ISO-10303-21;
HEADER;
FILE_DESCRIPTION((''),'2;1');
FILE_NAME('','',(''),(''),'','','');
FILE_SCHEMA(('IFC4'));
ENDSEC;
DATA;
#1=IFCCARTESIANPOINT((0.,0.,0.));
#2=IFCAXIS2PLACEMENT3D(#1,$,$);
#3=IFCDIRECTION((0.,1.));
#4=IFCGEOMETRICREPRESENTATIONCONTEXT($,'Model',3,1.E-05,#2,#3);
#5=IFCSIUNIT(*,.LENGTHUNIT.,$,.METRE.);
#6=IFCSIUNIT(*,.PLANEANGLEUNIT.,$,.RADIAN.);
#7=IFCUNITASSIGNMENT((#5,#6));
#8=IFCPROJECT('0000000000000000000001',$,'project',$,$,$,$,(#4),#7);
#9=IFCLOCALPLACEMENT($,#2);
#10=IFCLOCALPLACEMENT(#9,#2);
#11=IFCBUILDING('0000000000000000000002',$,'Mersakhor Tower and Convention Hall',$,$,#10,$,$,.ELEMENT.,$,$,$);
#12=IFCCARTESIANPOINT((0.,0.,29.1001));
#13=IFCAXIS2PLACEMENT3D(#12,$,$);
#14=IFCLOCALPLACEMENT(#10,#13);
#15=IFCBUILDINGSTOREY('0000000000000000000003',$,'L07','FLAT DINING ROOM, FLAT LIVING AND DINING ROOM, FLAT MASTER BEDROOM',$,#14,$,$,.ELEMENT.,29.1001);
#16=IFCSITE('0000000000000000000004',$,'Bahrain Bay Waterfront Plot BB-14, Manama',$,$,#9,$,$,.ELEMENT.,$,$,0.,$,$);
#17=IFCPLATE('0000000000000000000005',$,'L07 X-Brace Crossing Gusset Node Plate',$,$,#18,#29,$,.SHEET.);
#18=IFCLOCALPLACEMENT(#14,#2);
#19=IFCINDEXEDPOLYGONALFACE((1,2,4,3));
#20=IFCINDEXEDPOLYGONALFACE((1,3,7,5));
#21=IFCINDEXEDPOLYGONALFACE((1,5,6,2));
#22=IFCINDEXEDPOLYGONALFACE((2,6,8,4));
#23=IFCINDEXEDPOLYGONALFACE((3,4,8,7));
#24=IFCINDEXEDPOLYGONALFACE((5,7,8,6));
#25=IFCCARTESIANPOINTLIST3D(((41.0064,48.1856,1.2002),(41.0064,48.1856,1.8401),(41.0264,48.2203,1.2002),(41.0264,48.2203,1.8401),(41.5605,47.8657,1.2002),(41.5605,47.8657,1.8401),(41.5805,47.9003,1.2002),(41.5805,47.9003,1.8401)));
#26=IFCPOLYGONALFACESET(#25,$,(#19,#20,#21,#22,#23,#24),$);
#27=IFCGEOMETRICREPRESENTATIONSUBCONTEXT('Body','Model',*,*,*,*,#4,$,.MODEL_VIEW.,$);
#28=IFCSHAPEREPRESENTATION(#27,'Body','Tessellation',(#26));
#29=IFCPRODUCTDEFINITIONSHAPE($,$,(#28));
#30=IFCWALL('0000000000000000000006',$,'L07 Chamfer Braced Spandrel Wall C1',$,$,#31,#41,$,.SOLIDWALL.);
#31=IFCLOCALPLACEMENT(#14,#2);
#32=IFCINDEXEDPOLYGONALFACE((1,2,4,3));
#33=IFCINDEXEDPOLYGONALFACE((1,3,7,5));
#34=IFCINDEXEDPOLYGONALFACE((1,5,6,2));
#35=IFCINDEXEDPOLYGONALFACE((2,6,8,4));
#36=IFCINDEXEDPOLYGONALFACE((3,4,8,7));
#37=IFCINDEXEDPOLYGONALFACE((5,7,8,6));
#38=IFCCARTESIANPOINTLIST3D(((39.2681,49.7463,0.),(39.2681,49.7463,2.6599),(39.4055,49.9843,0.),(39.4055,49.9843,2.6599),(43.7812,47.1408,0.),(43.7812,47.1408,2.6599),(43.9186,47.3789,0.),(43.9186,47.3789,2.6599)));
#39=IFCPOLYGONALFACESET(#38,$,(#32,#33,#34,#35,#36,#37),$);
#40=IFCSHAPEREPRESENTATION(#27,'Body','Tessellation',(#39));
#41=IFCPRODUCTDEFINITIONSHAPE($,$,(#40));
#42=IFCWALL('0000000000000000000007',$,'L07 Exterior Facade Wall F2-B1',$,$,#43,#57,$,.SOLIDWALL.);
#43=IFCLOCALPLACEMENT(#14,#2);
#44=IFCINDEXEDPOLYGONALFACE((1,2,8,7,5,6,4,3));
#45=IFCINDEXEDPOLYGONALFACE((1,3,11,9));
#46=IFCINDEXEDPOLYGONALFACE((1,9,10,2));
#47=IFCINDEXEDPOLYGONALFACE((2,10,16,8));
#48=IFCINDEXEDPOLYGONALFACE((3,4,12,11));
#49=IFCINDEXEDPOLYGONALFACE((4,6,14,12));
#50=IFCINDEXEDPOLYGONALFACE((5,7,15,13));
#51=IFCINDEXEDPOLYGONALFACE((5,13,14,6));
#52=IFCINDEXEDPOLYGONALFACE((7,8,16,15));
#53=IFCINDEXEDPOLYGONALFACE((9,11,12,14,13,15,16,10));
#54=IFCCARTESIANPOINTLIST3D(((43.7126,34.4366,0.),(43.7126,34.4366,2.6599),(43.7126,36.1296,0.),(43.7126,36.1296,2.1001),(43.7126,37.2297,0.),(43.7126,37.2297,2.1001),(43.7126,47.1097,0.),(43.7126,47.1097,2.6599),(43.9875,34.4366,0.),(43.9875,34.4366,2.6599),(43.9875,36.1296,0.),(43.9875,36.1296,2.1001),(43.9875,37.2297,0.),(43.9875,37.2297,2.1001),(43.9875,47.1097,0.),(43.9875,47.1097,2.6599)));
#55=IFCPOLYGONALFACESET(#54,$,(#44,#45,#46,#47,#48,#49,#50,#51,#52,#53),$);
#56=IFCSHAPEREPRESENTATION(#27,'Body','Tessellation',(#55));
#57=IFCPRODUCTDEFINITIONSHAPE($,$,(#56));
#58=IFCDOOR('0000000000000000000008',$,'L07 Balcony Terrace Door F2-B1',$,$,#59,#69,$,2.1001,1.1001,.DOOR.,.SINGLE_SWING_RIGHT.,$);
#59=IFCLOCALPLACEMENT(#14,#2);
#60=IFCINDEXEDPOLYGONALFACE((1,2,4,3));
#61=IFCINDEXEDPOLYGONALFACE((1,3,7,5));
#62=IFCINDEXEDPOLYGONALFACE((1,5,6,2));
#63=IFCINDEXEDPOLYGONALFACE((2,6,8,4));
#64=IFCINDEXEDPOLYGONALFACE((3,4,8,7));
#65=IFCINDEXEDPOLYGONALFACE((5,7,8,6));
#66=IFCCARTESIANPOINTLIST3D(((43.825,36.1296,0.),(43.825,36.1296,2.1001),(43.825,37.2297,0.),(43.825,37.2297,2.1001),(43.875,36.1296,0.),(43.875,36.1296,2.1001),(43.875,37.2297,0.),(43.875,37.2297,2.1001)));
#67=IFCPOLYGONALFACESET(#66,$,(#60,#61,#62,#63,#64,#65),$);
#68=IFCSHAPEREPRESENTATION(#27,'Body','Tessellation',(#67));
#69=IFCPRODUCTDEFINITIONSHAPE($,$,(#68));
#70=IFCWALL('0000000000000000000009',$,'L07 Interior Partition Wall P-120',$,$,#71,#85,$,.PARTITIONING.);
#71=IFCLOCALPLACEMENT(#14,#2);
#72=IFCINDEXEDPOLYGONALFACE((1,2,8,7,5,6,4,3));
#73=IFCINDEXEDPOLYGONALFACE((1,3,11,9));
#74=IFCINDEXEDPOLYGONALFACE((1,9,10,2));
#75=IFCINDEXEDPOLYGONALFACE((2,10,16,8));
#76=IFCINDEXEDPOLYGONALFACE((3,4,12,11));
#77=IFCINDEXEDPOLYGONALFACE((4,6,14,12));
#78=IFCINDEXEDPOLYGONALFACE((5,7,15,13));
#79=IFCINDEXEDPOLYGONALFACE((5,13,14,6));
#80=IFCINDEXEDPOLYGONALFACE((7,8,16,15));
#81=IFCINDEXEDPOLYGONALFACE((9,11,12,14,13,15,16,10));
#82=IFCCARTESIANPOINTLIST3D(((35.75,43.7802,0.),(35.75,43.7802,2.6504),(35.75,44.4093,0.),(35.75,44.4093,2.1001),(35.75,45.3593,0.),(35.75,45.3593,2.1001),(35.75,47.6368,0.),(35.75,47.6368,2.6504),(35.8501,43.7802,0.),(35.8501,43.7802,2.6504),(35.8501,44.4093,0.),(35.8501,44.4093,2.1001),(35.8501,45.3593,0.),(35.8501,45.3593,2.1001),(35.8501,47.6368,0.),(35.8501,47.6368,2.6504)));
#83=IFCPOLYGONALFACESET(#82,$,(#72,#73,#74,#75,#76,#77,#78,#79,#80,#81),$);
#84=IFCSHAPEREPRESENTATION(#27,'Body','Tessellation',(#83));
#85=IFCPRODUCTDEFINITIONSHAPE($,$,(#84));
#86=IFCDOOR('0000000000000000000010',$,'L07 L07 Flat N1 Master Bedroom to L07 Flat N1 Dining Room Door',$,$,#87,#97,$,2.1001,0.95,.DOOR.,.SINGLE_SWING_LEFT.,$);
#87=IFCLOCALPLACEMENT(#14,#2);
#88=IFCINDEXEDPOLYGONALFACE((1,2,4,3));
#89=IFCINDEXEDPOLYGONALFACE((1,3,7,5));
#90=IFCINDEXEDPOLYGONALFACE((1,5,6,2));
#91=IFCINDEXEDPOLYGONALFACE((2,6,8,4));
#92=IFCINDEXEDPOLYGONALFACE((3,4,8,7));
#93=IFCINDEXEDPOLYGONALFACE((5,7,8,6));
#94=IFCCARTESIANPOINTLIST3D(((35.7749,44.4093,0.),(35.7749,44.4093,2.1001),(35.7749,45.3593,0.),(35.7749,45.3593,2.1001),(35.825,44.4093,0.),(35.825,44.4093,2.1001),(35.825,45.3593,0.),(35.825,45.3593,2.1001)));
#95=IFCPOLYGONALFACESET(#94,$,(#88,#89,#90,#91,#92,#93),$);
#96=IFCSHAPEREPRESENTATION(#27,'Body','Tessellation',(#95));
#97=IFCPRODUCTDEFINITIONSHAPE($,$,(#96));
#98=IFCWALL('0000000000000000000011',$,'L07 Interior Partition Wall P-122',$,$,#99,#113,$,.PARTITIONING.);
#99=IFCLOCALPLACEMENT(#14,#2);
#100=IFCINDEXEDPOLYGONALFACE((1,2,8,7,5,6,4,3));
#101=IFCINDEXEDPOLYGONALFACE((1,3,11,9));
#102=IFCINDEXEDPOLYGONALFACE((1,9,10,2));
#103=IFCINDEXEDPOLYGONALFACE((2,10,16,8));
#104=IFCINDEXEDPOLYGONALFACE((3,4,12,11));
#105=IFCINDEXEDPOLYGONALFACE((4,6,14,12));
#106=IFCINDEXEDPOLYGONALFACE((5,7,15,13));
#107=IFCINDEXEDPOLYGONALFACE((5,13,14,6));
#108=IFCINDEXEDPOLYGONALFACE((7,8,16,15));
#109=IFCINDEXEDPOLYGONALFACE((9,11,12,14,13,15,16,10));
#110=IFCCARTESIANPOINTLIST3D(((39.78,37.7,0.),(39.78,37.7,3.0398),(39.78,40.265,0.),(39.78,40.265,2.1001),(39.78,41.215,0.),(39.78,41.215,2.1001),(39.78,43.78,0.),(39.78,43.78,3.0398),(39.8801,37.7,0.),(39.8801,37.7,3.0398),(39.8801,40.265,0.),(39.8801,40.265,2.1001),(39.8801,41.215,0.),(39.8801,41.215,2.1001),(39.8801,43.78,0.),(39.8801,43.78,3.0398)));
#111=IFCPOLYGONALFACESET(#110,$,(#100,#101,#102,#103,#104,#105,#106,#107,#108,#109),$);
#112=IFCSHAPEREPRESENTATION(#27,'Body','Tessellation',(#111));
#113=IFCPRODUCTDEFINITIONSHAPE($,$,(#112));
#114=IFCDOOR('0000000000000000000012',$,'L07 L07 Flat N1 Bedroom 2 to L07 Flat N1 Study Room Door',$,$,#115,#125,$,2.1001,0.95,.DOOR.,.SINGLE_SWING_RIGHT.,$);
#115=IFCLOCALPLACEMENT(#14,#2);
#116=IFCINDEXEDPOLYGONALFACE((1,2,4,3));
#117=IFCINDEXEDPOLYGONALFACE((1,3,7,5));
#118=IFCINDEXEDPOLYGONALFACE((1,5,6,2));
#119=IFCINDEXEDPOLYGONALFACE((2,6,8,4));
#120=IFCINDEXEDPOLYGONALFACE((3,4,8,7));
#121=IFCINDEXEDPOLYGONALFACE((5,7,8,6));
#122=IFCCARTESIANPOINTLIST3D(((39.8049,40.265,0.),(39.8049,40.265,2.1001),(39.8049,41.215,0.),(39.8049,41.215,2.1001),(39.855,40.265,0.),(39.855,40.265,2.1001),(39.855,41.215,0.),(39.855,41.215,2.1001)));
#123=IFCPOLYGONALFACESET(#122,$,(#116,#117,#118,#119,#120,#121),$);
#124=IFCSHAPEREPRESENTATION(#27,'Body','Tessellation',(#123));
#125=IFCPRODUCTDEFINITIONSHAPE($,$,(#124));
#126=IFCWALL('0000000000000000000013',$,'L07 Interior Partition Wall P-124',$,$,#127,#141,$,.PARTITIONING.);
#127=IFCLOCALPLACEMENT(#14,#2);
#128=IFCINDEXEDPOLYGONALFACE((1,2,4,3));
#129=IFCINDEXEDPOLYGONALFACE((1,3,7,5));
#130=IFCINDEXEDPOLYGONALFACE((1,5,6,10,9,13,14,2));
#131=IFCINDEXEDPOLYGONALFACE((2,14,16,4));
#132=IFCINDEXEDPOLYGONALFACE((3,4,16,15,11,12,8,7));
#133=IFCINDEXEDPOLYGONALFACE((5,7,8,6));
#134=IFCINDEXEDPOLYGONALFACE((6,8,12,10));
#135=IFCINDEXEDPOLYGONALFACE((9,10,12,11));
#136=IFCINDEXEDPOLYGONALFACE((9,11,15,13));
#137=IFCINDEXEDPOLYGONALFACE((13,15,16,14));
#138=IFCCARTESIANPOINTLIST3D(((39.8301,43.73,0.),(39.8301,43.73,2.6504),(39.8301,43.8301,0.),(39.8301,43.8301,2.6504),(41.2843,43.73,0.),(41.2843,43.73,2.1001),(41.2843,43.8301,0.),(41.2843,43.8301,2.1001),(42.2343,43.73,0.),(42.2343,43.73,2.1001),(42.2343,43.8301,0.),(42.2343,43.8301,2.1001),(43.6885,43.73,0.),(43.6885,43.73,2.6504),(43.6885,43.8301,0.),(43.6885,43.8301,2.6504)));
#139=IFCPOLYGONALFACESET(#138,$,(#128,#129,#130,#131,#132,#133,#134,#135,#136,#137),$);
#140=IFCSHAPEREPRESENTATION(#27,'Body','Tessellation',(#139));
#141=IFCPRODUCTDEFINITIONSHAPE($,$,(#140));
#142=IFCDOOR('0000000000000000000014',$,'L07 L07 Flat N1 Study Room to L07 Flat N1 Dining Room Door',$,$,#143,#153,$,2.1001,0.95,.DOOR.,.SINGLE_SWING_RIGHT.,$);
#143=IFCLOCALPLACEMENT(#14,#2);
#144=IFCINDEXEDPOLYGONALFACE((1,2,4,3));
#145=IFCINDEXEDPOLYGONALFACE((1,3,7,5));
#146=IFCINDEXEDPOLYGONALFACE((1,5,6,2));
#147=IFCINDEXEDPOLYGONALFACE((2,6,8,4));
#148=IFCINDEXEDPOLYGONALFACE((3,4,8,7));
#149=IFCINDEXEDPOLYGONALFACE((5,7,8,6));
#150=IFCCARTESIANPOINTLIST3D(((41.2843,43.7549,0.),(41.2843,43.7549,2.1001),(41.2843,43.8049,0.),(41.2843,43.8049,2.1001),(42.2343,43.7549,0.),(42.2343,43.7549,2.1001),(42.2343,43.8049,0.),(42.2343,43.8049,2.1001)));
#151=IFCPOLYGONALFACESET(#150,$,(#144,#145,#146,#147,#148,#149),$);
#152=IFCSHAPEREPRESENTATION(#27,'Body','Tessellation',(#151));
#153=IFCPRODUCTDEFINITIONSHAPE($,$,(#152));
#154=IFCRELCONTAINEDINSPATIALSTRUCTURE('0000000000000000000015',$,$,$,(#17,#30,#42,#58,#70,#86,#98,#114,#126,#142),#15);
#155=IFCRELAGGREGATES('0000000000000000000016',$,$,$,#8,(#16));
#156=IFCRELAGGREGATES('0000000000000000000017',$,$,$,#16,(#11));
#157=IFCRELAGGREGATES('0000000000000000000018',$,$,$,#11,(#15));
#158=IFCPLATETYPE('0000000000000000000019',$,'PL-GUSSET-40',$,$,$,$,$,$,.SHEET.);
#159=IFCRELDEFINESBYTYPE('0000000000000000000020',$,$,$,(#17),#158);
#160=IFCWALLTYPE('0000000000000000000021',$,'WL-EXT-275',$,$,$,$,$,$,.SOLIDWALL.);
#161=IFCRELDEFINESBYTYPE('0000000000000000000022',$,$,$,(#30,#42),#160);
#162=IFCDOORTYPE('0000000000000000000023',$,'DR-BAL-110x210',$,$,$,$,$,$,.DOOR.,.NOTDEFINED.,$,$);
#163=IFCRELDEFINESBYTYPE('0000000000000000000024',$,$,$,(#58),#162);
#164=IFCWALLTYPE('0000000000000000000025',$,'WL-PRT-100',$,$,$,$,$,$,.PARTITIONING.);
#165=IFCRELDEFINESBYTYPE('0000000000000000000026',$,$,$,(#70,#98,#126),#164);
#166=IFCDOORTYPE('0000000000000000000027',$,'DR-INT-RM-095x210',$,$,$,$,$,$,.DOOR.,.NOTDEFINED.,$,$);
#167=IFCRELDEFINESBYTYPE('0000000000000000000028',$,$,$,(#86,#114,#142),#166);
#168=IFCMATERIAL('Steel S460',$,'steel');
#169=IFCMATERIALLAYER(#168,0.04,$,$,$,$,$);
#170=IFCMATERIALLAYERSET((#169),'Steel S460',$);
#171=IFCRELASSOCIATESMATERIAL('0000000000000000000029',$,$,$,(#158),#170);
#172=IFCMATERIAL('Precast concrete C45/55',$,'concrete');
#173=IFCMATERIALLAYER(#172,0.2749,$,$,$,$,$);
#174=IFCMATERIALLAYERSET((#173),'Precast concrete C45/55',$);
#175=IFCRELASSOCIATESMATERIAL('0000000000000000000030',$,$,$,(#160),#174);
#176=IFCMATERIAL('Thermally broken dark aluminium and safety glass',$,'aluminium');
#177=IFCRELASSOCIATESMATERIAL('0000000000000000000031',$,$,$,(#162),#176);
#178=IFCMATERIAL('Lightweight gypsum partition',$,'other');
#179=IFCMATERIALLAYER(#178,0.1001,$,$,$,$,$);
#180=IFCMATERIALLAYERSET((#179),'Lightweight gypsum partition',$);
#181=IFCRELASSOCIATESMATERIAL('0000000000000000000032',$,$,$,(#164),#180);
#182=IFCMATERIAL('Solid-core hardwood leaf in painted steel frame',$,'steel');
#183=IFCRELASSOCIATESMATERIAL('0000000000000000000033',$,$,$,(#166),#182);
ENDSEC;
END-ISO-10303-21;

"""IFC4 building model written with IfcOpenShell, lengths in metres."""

from ifc_helpers import new_model, si_unit, direction, frame, frame_2d, origin, origin_2d, place, context, subcontext, project, spatial, rectangle, extrude, material, layer, layer_set, type_object, element, fill, save


model = new_model("IFC4")

# Units and contexts
model_context = context("Model", 3, precision=1e-05, world=origin(), true_north=direction((0.0, 1.0)))
body_context = subcontext(model_context, "Body", "Model", "MODEL_VIEW")
ifc_project = project(units=[si_unit("LENGTHUNIT", "METRE"), si_unit("PLANEANGLEUNIT", "RADIAN")], contexts=[model_context])

# Site, building, storey
site_placement = place(None, origin())
site = spatial("IfcSite", under=ifc_project, at=site_placement, Name="Bahrain Bay Waterfront Plot BB-14, Manama", CompositionType="ELEMENT", RefElevation=0.0)
building_placement = place(site_placement, origin())
building = spatial("IfcBuilding", under=site, at=building_placement, Name="Mersakhor Tower and Convention Hall", CompositionType="ELEMENT")
storey_placement = place(building_placement, frame((0.0, 0.0, 29.1001)))
storey = spatial("IfcBuildingStorey", under=building, at=storey_placement, Name="L07", Description="FLAT DINING ROOM, FLAT LIVING AND DINING ROOM, FLAT MASTER BEDROOM", CompositionType="ELEMENT", Elevation=29.1001)

# Plate
ifc_material_1 = material(Name="Steel S460", Category="steel")
ifc_layer_1 = layer(ifc_material_1, 0.04)
ifc_layer_set_1 = layer_set([ifc_layer_1], Name="Steel S460")
plate_type_1 = type_object("IfcPlateType", Name="PL-GUSSET-40", PredefinedType="SHEET", material=ifc_layer_set_1)
plate_placement = place(storey_placement, frame((41.2935, 48.043, 1.2002), z_axis=(0.0, 0.0, 1.0), x_axis=(-0.866025, 0.5, 0.0)))
element("IfcPlate", 1, at=plate_placement, inside=storey, type_object=plate_type_1, Name="L07 X-Brace Crossing Gusset Node Plate", PredefinedType="SHEET", context=body_context, shape_type="SweptSolid", body=[
    extrude(rectangle(XDim=0.6399, YDim=0.04, at=origin_2d()), origin(), (0.0, 0.0, 1.0), 0.6399),
])

# Wall
ifc_material_2 = material(Name="Precast concrete C45/55", Category="concrete")
ifc_layer_2 = layer(ifc_material_2, 0.2749)
ifc_layer_set_2 = layer_set([ifc_layer_2], Name="Precast concrete C45/55")
wall_type_1 = type_object("IfcWallType", Name="WL-EXT-275", PredefinedType="SOLIDWALL", material=ifc_layer_set_2)
wall_1_placement = place(storey_placement, frame((39.3369, 49.8652, 0.0), z_axis=(0.0, 0.0, 1.0), x_axis=(0.866044, -0.499968, 0.0)))
element("IfcWall", 2, at=wall_1_placement, inside=storey, type_object=wall_type_1, Name="L07 Chamfer Braced Spandrel Wall C1", PredefinedType="SOLIDWALL", context=body_context, shape_type="SweptSolid", body=[
    extrude(rectangle(XDim=5.2112, YDim=0.2749, at=frame_2d((2.6055, 0.0))), origin(), (0.0, 0.0, 1.0), 2.6599),
])

# Walls, openings, doors
wall_2_placement = place(storey_placement, frame((43.8501, 47.1096, 0.0), z_axis=(0.0, 0.0, 1.0), x_axis=(0.0, -1.0, 0.0)))
wall_2 = element("IfcWall", 3, at=wall_2_placement, inside=storey, type_object=wall_type_1, Name="L07 Exterior Facade Wall F2-B1", PredefinedType="SOLIDWALL", context=body_context, shape_type="SweptSolid", body=[
    extrude(rectangle(XDim=12.6731, YDim=0.2749, at=frame_2d((6.3364, 0.0))), origin(), (0.0, 0.0, 1.0), 2.6599),
])
opening_1_placement = place(wall_2_placement, frame((9.8799, 0.0, 0.0)))
opening_1 = element("IfcOpeningElement", 4, at=opening_1_placement, cuts=wall_2, PredefinedType="OPENING", context=body_context, shape_type="SweptSolid", body=[
    extrude(rectangle(XDim=1.1001, YDim=2.1001, at=frame_2d((0.55, 1.05))), frame((0.0, 0.1475, 0.0), z_axis=(0.0, -1.0, 0.0), x_axis=(1.0, 0.0, 0.0)), (0.0, 0.0, 1.0), 0.2949),
])
ifc_material_3 = material(Name="Thermally broken dark aluminium and safety glass", Category="aluminium")
door_type_1 = type_object("IfcDoorType", Name="DR-BAL-110x210", OperationType="NOTDEFINED", PredefinedType="DOOR", material=ifc_material_3)
door_1_placement = place(opening_1_placement, origin())
door_1 = element("IfcDoor", 5, at=door_1_placement, inside=storey, type_object=door_type_1, Name="L07 Balcony Terrace Door F2-B1", OperationType="SINGLE_SWING_RIGHT", OverallHeight=2.1001, OverallWidth=1.1001, PredefinedType="DOOR", context=body_context, shape_type="SweptSolid", body=[
    extrude(rectangle(XDim=1.1001, YDim=2.1001, at=frame_2d((0.55, 1.05))), frame((0.0, 0.0249, 0.0), z_axis=(0.0, -1.0, 0.0), x_axis=(1.0, 0.0, 0.0)), (0.0, 0.0, 1.0), 0.05),
])
fill(opening_1, door_1)
ifc_material_4 = material(Name="Lightweight gypsum partition", Category="other")
ifc_layer_3 = layer(ifc_material_4, 0.1001)
ifc_layer_set_3 = layer_set([ifc_layer_3], Name="Lightweight gypsum partition")
wall_type_2 = type_object("IfcWallType", Name="WL-PRT-100", PredefinedType="PARTITIONING", material=ifc_layer_set_3)
wall_3_placement = place(storey_placement, frame((35.8, 47.6367, 0.0), z_axis=(0.0, 0.0, 1.0), x_axis=(0.0, -1.0, 0.0)))
wall_3 = element("IfcWall", 6, at=wall_3_placement, inside=storey, type_object=wall_type_2, Name="L07 Interior Partition Wall P-120", PredefinedType="PARTITIONING", context=body_context, shape_type="SweptSolid", body=[
    extrude(rectangle(XDim=3.8567, YDim=0.1001, at=frame_2d((1.9282, 0.0))), origin(), (0.0, 0.0, 1.0), 2.6504),
])
opening_2_placement = place(wall_3_placement, frame((2.2773, 0.0, 0.0)))
opening_2 = element("IfcOpeningElement", 7, at=opening_2_placement, cuts=wall_3, PredefinedType="OPENING", context=body_context, shape_type="SweptSolid", body=[
    extrude(rectangle(XDim=0.95, YDim=2.1001, at=frame_2d((0.4751, 1.05))), frame((0.0, 0.0601, 0.0), z_axis=(0.0, -1.0, 0.0), x_axis=(1.0, 0.0, 0.0)), (0.0, 0.0, 1.0), 0.1201),
])
ifc_material_5 = material(Name="Solid-core hardwood leaf in painted steel frame", Category="steel")
door_type_2 = type_object("IfcDoorType", Name="DR-INT-RM-095x210", OperationType="NOTDEFINED", PredefinedType="DOOR", material=ifc_material_5)
door_2_placement = place(opening_2_placement, origin())
door_2 = element("IfcDoor", 8, at=door_2_placement, inside=storey, type_object=door_type_2, Name="L07 L07 Flat N1 Master Bedroom to L07 Flat N1 Dining Room Door", OperationType="SINGLE_SWING_LEFT", OverallHeight=2.1001, OverallWidth=0.95, PredefinedType="DOOR", context=body_context, shape_type="SweptSolid", body=[
    extrude(rectangle(XDim=0.95, YDim=2.1001, at=frame_2d((0.4751, 1.05))), frame((0.0, 0.0249, 0.0), z_axis=(0.0, -1.0, 0.0), x_axis=(1.0, 0.0, 0.0)), (0.0, 0.0, 1.0), 0.05),
])
fill(opening_2, door_2)
wall_4_placement = place(storey_placement, frame((39.8301, 43.78, 0.0), z_axis=(0.0, 0.0, 1.0), x_axis=(0.0, -1.0, 0.0)))
wall_4 = element("IfcWall", 9, at=wall_4_placement, inside=storey, type_object=wall_type_2, Name="L07 Interior Partition Wall P-122", PredefinedType="PARTITIONING", context=body_context, shape_type="SweptSolid", body=[
    extrude(rectangle(XDim=6.0801, YDim=0.1001, at=frame_2d((3.04, 0.0))), origin(), (0.0, 0.0, 1.0), 3.0398),
])
opening_3_placement = place(wall_4_placement, frame((2.5649, 0.0, 0.0)))
opening_3 = element("IfcOpeningElement", 10, at=opening_3_placement, cuts=wall_4, PredefinedType="OPENING", context=body_context, shape_type="SweptSolid", body=[
    extrude(rectangle(XDim=0.95, YDim=2.1001, at=frame_2d((0.4751, 1.05))), frame((0.0, 0.0601, 0.0), z_axis=(0.0, -1.0, 0.0), x_axis=(1.0, 0.0, 0.0)), (0.0, 0.0, 1.0), 0.1201),
])
door_3_placement = place(opening_3_placement, origin())
door_3 = element("IfcDoor", 11, at=door_3_placement, inside=storey, type_object=door_type_2, Name="L07 L07 Flat N1 Bedroom 2 to L07 Flat N1 Study Room Door", OperationType="SINGLE_SWING_RIGHT", OverallHeight=2.1001, OverallWidth=0.95, PredefinedType="DOOR", context=body_context, shape_type="SweptSolid", body=[
    extrude(rectangle(XDim=0.95, YDim=2.1001, at=frame_2d((0.4751, 1.05))), frame((0.0, 0.0249, 0.0), z_axis=(0.0, -1.0, 0.0), x_axis=(1.0, 0.0, 0.0)), (0.0, 0.0, 1.0), 0.05),
])
fill(opening_3, door_3)
wall_5_placement = place(storey_placement, frame((39.8301, 43.78, 0.0), z_axis=(0.0, 0.0, 1.0), x_axis=(1.0, 0.0, 0.0)))
wall_5 = element("IfcWall", 12, at=wall_5_placement, inside=storey, type_object=wall_type_2, Name="L07 Interior Partition Wall P-124", PredefinedType="PARTITIONING", context=body_context, shape_type="SweptSolid", body=[
    extrude(rectangle(XDim=3.8584, YDim=0.1001, at=frame_2d((1.9292, 0.0))), origin(), (0.0, 0.0, 1.0), 2.6504),
])
opening_4_placement = place(wall_5_placement, frame((1.4541, 0.0, 0.0)))
opening_4 = element("IfcOpeningElement", 13, at=opening_4_placement, cuts=wall_5, PredefinedType="OPENING", context=body_context, shape_type="SweptSolid", body=[
    extrude(rectangle(XDim=0.95, YDim=2.1001, at=frame_2d((0.4751, 1.05))), frame((0.0, 0.0601, 0.0), z_axis=(0.0, -1.0, 0.0), x_axis=(1.0, 0.0, 0.0)), (0.0, 0.0, 1.0), 0.1201),
])
door_4_placement = place(opening_4_placement, origin())
door_4 = element("IfcDoor", 14, at=door_4_placement, inside=storey, type_object=door_type_2, Name="L07 L07 Flat N1 Study Room to L07 Flat N1 Dining Room Door", OperationType="SINGLE_SWING_RIGHT", OverallHeight=2.1001, OverallWidth=0.95, PredefinedType="DOOR", context=body_context, shape_type="SweptSolid", body=[
    extrude(rectangle(XDim=0.95, YDim=2.1001, at=frame_2d((0.4751, 1.05))), frame((0.0, 0.0249, 0.0), z_axis=(0.0, -1.0, 0.0), x_axis=(1.0, 0.0, 0.0)), (0.0, 0.0, 1.0), 0.05),
])
fill(opening_4, door_4)

save(model, "model.ifc")
